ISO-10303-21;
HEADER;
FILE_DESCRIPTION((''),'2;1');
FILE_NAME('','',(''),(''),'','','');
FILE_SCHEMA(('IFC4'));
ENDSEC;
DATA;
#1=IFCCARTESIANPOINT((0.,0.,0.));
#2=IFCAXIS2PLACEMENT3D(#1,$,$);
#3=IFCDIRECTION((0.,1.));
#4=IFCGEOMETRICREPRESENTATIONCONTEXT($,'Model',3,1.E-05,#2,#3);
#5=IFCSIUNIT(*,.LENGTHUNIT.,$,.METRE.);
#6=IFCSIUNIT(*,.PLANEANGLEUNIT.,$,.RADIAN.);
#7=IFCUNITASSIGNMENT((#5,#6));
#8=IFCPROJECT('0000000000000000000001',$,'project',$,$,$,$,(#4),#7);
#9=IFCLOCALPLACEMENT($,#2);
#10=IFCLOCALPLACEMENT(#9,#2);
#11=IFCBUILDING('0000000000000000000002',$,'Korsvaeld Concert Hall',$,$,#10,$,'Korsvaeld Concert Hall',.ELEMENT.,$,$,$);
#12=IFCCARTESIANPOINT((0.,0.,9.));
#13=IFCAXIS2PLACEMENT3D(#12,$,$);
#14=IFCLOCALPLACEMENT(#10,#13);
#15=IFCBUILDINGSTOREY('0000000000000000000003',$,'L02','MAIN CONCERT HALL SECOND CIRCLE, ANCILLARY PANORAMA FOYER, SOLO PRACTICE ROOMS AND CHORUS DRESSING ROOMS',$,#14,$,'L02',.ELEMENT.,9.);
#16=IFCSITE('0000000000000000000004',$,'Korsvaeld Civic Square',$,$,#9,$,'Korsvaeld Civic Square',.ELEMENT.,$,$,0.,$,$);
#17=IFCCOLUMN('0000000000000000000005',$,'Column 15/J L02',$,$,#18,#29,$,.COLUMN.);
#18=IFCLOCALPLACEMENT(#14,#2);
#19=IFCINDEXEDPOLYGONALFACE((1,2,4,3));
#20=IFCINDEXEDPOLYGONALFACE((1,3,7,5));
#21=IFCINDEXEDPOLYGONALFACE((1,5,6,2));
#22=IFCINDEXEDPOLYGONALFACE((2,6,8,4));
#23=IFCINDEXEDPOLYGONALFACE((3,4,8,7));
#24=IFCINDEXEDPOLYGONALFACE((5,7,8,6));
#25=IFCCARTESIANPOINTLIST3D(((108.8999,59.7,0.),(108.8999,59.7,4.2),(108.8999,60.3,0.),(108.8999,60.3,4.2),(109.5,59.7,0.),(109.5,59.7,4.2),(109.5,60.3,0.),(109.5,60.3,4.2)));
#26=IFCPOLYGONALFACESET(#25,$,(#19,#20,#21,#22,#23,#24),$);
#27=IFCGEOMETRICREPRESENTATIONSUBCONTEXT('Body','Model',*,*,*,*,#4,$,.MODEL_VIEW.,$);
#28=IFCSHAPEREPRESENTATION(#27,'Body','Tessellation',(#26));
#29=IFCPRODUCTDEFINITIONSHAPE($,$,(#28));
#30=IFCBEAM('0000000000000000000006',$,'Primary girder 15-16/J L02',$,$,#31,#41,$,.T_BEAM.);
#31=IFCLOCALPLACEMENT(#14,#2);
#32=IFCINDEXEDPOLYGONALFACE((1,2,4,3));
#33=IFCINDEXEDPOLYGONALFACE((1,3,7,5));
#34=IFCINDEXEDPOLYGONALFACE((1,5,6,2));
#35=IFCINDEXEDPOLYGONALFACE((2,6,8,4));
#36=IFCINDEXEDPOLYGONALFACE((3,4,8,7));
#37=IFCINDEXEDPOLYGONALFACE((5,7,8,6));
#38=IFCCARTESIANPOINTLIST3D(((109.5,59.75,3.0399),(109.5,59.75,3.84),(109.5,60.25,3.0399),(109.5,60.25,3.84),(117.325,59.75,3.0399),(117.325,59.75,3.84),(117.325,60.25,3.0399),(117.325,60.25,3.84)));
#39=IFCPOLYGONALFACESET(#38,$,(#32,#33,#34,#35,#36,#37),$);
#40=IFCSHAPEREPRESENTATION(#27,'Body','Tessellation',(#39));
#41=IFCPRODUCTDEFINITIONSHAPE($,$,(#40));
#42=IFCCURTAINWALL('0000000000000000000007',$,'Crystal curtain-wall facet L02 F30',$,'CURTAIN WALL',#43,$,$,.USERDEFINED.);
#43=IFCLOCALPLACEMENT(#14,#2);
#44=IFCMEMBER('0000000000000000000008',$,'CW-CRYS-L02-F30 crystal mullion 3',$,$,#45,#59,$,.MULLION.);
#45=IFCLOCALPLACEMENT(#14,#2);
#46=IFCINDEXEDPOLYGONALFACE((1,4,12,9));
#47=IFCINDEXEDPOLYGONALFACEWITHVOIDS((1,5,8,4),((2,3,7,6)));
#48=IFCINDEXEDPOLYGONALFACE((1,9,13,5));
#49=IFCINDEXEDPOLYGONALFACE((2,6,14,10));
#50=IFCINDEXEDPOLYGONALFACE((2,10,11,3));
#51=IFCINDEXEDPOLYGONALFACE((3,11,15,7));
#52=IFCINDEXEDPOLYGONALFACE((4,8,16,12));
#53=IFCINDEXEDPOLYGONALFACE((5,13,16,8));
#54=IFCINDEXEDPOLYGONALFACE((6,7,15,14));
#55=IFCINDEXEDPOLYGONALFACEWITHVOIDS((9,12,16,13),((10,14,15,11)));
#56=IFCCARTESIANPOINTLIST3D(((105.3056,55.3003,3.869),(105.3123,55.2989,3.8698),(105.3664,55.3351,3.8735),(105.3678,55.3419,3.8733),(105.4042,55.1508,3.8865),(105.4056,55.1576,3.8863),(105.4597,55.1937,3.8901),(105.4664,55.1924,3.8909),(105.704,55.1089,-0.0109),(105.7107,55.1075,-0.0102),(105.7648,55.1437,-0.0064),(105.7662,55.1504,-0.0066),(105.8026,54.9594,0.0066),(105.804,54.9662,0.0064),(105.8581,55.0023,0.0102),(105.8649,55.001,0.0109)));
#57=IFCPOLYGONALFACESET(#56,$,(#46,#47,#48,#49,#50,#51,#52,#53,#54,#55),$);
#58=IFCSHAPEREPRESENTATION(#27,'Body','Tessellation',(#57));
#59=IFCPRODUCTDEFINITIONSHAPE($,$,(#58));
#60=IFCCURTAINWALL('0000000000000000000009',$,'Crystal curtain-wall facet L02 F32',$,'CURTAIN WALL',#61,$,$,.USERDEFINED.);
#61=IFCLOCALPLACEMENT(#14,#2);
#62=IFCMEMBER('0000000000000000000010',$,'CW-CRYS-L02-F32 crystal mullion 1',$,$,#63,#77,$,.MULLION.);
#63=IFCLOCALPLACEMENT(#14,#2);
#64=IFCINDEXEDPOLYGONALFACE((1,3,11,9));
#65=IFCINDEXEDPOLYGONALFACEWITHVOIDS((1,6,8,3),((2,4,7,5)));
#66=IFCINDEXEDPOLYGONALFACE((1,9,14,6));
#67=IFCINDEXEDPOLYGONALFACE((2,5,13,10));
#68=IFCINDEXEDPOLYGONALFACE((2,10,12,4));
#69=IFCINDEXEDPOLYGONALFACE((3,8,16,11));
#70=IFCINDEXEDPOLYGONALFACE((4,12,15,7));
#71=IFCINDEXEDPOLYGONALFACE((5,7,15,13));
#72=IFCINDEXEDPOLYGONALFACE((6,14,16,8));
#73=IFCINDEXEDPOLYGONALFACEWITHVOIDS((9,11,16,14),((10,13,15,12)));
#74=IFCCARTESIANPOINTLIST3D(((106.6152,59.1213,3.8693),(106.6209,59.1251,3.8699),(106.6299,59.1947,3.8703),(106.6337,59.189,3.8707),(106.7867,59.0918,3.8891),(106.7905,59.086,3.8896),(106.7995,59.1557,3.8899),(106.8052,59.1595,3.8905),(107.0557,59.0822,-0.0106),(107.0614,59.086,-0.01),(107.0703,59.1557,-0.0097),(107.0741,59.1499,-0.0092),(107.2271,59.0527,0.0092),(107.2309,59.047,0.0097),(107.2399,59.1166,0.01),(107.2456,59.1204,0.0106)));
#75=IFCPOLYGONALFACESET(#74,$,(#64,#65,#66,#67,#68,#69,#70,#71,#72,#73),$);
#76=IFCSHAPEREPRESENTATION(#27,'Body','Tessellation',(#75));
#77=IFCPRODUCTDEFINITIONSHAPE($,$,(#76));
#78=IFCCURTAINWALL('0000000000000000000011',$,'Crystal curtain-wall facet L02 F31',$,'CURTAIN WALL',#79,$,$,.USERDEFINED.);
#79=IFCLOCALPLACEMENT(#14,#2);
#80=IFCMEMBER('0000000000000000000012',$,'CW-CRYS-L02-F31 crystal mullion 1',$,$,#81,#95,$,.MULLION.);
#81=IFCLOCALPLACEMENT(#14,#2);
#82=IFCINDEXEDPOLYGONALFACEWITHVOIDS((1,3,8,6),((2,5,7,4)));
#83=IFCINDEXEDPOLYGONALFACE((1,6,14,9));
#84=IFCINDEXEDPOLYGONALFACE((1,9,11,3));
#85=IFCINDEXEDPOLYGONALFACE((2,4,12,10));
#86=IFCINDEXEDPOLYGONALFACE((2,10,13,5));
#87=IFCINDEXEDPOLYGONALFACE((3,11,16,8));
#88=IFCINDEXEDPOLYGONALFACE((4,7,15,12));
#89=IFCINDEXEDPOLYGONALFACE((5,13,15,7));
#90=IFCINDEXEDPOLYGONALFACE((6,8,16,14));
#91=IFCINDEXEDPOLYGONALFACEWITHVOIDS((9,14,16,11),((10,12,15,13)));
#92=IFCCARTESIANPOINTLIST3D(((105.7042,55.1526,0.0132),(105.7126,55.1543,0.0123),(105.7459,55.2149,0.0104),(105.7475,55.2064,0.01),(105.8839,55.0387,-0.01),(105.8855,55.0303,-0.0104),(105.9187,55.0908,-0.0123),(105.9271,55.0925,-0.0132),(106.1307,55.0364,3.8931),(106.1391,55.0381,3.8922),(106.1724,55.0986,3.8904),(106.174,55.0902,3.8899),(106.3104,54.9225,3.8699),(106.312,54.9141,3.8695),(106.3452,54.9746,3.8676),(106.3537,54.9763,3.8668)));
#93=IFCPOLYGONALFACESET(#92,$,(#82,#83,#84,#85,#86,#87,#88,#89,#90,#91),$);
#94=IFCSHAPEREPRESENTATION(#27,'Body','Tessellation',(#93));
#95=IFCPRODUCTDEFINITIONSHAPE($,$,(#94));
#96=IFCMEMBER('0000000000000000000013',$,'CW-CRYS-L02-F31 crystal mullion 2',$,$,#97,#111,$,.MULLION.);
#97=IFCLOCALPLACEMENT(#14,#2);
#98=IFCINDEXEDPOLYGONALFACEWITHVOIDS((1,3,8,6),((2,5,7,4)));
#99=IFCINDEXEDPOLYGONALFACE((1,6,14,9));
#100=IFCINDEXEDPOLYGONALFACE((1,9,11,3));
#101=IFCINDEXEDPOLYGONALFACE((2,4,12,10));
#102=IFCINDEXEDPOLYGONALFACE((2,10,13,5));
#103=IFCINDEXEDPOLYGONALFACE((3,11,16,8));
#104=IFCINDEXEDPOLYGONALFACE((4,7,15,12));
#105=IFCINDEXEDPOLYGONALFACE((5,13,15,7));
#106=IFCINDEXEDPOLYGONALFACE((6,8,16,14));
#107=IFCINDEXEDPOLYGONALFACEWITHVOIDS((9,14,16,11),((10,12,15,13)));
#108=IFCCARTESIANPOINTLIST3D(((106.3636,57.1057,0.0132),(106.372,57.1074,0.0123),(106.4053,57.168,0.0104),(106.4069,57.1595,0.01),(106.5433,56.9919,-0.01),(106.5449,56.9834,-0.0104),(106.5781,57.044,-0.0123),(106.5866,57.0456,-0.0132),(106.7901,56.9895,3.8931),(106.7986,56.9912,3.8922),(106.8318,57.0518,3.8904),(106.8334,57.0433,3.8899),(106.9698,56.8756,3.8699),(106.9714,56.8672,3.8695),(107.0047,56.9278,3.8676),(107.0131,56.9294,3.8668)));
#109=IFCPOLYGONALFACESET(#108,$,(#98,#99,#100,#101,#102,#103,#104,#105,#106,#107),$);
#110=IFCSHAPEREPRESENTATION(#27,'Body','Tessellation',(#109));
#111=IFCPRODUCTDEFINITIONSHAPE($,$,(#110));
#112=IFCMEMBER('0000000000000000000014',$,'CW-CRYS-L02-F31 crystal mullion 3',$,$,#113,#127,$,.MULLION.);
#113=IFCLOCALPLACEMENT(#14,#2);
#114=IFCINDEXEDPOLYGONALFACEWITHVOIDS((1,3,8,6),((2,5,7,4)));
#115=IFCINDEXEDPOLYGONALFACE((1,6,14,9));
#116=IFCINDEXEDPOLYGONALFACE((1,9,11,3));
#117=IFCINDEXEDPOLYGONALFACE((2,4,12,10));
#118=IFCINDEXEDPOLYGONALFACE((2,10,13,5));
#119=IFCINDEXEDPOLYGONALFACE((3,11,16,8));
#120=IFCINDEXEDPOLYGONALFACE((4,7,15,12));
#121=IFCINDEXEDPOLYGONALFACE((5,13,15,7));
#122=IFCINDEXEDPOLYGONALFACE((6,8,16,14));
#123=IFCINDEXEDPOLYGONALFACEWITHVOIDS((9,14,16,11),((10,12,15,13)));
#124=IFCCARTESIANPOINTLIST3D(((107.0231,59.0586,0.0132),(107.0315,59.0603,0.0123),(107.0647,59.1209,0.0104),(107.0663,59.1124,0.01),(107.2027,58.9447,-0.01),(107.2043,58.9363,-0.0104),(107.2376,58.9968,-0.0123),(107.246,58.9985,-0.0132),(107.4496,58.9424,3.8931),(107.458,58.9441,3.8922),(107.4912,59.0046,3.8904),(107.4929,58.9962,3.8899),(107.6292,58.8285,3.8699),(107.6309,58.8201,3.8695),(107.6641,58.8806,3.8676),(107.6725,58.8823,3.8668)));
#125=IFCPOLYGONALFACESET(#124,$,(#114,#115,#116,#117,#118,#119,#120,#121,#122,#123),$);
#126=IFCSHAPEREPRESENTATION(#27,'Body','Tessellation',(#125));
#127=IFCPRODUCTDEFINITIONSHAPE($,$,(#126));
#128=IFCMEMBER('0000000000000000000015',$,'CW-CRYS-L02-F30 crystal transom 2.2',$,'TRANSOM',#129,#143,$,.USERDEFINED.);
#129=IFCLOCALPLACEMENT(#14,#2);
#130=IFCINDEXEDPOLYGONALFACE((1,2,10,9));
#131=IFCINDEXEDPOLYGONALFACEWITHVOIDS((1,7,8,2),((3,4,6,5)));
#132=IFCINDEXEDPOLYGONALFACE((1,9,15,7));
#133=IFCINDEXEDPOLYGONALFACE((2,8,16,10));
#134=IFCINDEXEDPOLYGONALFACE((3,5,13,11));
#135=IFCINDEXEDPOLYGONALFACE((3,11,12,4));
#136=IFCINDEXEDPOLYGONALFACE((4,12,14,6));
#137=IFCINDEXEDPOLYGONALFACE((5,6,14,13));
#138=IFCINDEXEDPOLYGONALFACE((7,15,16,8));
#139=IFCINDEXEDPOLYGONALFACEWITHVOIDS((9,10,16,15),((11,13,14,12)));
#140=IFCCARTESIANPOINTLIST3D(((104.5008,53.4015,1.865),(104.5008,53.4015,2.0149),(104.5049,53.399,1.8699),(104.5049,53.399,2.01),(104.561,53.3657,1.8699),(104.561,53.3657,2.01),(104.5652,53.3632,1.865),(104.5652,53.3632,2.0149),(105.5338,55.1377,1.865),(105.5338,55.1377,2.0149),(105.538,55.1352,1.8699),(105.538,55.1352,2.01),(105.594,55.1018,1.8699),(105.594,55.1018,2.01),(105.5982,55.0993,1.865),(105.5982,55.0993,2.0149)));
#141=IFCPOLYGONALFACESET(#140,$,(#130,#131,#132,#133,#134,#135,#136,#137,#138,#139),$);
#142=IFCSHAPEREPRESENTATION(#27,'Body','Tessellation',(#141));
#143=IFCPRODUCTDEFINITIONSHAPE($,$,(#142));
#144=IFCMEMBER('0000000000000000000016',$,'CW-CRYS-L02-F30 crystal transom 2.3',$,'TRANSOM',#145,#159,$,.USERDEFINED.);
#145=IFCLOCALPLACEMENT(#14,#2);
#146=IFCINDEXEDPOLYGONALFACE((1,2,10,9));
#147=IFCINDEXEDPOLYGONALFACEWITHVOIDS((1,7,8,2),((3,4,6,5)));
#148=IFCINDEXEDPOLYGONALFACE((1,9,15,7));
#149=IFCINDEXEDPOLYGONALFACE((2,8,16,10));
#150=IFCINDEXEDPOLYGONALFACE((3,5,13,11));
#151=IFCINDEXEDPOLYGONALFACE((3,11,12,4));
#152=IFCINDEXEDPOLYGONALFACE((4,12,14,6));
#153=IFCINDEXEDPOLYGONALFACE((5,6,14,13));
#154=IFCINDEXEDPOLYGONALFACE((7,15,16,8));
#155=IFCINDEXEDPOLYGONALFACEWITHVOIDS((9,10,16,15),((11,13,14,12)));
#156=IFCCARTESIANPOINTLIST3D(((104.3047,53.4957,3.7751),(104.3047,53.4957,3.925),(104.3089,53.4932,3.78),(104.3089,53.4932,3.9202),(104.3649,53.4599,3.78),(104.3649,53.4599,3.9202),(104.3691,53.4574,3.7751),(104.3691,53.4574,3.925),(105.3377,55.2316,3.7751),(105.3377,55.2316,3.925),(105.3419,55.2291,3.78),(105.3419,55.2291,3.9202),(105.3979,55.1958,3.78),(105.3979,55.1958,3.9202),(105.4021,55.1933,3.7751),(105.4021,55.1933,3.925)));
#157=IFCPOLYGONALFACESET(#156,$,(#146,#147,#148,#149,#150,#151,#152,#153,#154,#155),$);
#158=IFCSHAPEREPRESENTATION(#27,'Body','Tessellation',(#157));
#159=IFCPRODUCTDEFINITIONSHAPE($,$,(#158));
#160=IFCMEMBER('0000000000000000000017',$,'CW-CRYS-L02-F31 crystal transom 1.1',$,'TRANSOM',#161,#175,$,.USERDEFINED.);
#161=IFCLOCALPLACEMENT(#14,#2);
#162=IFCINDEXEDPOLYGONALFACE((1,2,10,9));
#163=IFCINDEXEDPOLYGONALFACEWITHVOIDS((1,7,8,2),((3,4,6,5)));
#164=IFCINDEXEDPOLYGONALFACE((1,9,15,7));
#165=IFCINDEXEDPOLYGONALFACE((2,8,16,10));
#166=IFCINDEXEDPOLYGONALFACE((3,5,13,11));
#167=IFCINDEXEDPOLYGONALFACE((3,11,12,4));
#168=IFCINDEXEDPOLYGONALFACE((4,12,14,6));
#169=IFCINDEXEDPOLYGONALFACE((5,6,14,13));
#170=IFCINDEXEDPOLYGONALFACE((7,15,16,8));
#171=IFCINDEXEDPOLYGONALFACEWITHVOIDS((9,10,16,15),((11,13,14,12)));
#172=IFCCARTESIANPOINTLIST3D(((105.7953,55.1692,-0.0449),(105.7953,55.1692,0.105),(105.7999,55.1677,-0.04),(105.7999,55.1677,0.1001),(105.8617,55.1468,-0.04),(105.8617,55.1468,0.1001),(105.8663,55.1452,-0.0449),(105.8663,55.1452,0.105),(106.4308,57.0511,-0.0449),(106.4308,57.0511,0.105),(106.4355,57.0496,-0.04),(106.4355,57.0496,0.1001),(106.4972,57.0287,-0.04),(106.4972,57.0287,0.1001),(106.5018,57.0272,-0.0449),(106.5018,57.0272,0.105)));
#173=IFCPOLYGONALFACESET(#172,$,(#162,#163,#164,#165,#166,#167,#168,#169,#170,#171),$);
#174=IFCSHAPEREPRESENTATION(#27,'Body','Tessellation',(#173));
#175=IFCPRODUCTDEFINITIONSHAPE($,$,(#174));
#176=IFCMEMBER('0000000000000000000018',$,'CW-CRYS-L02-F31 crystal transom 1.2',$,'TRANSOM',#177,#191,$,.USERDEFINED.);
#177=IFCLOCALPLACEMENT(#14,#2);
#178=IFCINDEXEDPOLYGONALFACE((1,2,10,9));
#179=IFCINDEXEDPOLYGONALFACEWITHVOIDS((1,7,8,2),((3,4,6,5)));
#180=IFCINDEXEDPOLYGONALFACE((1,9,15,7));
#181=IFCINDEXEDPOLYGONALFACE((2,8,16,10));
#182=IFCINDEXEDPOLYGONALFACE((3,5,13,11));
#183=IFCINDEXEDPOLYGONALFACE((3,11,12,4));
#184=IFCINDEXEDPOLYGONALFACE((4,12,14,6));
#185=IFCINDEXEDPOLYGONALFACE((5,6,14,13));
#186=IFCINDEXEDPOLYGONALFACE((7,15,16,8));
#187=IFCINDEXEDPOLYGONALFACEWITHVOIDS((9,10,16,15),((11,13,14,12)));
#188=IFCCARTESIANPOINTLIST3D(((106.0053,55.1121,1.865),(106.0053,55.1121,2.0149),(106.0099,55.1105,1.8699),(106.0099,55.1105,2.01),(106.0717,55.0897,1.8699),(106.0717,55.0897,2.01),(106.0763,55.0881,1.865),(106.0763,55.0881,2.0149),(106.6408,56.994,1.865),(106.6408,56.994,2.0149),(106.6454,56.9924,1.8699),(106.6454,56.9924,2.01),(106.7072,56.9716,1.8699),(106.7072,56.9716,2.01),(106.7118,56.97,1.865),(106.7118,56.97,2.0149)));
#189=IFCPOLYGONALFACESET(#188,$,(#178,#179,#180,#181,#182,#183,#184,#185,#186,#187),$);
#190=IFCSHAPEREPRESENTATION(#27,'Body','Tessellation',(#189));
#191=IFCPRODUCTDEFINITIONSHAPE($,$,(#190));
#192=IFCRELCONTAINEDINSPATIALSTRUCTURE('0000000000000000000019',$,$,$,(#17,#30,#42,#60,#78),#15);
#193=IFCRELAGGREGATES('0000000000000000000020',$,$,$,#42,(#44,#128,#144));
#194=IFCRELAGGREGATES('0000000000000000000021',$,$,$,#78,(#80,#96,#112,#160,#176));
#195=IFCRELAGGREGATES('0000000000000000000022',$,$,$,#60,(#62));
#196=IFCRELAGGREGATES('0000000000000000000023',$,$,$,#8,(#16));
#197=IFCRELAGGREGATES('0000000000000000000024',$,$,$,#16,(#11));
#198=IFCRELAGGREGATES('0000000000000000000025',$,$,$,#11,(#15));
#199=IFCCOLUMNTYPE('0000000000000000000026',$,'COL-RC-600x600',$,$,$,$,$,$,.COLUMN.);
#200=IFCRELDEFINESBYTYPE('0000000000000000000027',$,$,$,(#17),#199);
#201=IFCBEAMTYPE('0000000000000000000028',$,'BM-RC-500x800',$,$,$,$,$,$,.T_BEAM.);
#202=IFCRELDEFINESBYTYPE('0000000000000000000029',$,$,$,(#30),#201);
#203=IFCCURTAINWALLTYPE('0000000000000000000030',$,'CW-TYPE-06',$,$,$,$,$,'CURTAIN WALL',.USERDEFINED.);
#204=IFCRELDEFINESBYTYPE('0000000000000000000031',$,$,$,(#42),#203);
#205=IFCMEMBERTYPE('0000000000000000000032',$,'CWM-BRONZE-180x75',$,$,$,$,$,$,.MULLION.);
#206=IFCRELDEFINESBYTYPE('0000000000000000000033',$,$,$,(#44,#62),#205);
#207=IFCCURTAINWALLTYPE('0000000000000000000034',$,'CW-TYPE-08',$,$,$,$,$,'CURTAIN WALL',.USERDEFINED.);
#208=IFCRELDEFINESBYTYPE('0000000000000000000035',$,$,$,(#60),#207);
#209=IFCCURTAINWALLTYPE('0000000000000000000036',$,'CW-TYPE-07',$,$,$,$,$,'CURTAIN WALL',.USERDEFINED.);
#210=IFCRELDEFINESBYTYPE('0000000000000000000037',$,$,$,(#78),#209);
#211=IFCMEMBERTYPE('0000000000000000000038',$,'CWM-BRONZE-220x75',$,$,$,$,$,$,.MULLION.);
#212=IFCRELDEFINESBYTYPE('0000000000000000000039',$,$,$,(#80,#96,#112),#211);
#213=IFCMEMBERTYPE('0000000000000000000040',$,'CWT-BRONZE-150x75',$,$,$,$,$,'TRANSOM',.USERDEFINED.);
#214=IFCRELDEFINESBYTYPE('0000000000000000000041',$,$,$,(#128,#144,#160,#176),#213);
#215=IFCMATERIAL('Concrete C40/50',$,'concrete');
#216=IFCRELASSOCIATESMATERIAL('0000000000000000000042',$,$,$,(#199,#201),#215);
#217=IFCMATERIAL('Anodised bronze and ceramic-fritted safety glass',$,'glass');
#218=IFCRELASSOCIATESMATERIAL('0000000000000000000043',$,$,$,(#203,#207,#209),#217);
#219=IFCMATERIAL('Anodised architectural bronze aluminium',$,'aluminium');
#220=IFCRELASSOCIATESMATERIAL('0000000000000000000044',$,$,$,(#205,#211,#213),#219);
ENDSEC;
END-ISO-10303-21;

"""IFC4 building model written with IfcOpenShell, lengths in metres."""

from ifc_helpers import new_model, si_unit, direction, frame, origin, origin_2d, place, context, subcontext, project, spatial, rectangle, hollow_rectangle, extrude, material, material_profile, profile_set, type_object, element, aggregate, save


model = new_model("IFC4")

# Units and contexts
model_context = context("Model", 3, precision=1e-05, world=origin(), true_north=direction((0.0, 1.0)))
body_context = subcontext(model_context, "Body", "Model", "MODEL_VIEW")
ifc_project = project(units=[si_unit("LENGTHUNIT", "METRE"), si_unit("PLANEANGLEUNIT", "RADIAN")], contexts=[model_context])

# Site, building, storey
site_placement = place(None, origin())
site = spatial("IfcSite", under=ifc_project, at=site_placement, Name="Korsvaeld Civic Square", LongName="Korsvaeld Civic Square", CompositionType="ELEMENT", RefElevation=0.0)
building_placement = place(site_placement, origin())
building = spatial("IfcBuilding", under=site, at=building_placement, Name="Korsvaeld Concert Hall", LongName="Korsvaeld Concert Hall", CompositionType="ELEMENT")
storey_placement = place(building_placement, frame((0.0, 0.0, 9.0)))
storey = spatial("IfcBuildingStorey", under=building, at=storey_placement, Name="L02", Description="MAIN CONCERT HALL SECOND CIRCLE, ANCILLARY PANORAMA FOYER, SOLO PRACTICE ROOMS AND CHORUS DRESSING ROOMS", LongName="L02", CompositionType="ELEMENT", Elevation=9.0)

# Column
ifc_material_1 = material(Name="Concrete C40/50", Category="concrete")
ifc_material_profile_1 = material_profile(ifc_material_1, rectangle(XDim=0.6001, YDim=0.6001, at=origin_2d()), Name="RC 600x600")
ifc_profile_set_1 = profile_set([ifc_material_profile_1], Name="Concrete C40/50")
column_type = type_object("IfcColumnType", Name="COL-RC-600x600", PredefinedType="COLUMN", material=ifc_profile_set_1)
column_placement = place(storey_placement, frame((109.2, 60.0, 0.0), z_axis=(0.0, 0.0, 1.0), x_axis=(1.0, 0.0, 0.0)))
element("IfcColumn", 1, at=column_placement, inside=storey, type_object=column_type, Name="Column 15/J L02", PredefinedType="COLUMN", context=body_context, shape_type="SweptSolid", body=[
    extrude(rectangle(XDim=0.6001, YDim=0.6001, at=origin_2d()), origin(), (0.0, 0.0, 1.0), 4.2),
])

# Beam
ifc_material_profile_2 = material_profile(ifc_material_1, rectangle(XDim=0.5, YDim=0.8, at=origin_2d()), Name="RC 500x800")
ifc_profile_set_2 = profile_set([ifc_material_profile_2], Name="Concrete C40/50")
beam_type = type_object("IfcBeamType", Name="BM-RC-500x800", PredefinedType="T_BEAM", material=ifc_profile_set_2)
beam_placement = place(storey_placement, frame((109.5, 60.0, 3.4399), z_axis=(1.0, 0.0, 0.0), x_axis=(0.0, 1.0, 0.0)))
element("IfcBeam", 2, at=beam_placement, inside=storey, type_object=beam_type, Name="Primary girder 15-16/J L02", PredefinedType="T_BEAM", context=body_context, shape_type="SweptSolid", body=[
    extrude(rectangle(XDim=0.5, YDim=0.8, at=origin_2d()), origin(), (0.0, 0.0, 1.0), 7.825),
])

# Curtain walls, members
ifc_material_2 = material(Name="Anodised bronze and ceramic-fritted safety glass", Category="glass")
curtain_wall_type_1 = type_object("IfcCurtainWallType", Name="CW-TYPE-06", ElementType="CURTAIN WALL", PredefinedType="USERDEFINED", material=ifc_material_2)
curtain_wall_1_placement = place(storey_placement, origin())
curtain_wall_1 = element("IfcCurtainWall", 3, at=curtain_wall_1_placement, inside=storey, type_object=curtain_wall_type_1, Name="Crystal curtain-wall facet L02 F30", ObjectType="CURTAIN WALL", PredefinedType="USERDEFINED")
ifc_material_3 = material(Name="Anodised architectural bronze aluminium", Category="aluminium")
ifc_material_profile_3 = material_profile(ifc_material_3, hollow_rectangle(XDim=0.075, YDim=0.1799, WallThickness=0.0049, at=origin_2d()), Name="CWM 180x75x5")
ifc_profile_set_3 = profile_set([ifc_material_profile_3], Name="Anodised architectural bronze aluminium")
member_type_1 = type_object("IfcMemberType", Name="CWM-BRONZE-180x75", PredefinedType="MULLION", material=ifc_profile_set_3)
member_1_placement = place(storey_placement, frame((105.7844, 55.0549, 0.0), z_axis=(-0.102033, 0.049016, 0.993573), x_axis=(0.830086, 0.554624, 0.057883)))
member_1 = element("IfcMember", 4, at=member_1_placement, type_object=member_type_1, Name="CW-CRYS-L02-F30 crystal mullion 3", PredefinedType="MULLION", context=body_context, shape_type="SweptSolid", body=[
    extrude(hollow_rectangle(XDim=0.075, YDim=0.1799, WallThickness=0.0049, at=origin_2d()), origin(), (0.0, 0.0, 1.0), 3.905),
])
curtain_wall_type_2 = type_object("IfcCurtainWallType", Name="CW-TYPE-08", ElementType="CURTAIN WALL", PredefinedType="USERDEFINED", material=ifc_material_2)
curtain_wall_2_placement = place(storey_placement, origin())
curtain_wall_2 = element("IfcCurtainWall", 5, at=curtain_wall_2_placement, inside=storey, type_object=curtain_wall_type_2, Name="Crystal curtain-wall facet L02 F32", ObjectType="CURTAIN WALL", PredefinedType="USERDEFINED")
member_2_placement = place(storey_placement, frame((107.1506, 59.1013, 0.0), z_axis=(-0.112786, 0.010003, 0.993569), x_axis=(0.195691, 0.980588, 0.012342)))
member_2 = element("IfcMember", 6, at=member_2_placement, type_object=member_type_1, Name="CW-CRYS-L02-F32 crystal mullion 1", PredefinedType="MULLION", context=body_context, shape_type="SweptSolid", body=[
    extrude(hollow_rectangle(XDim=0.075, YDim=0.1799, WallThickness=0.0049, at=origin_2d()), origin(), (0.0, 0.0, 1.0), 3.905),
])

# Curtain wall, members
curtain_wall_type_3 = type_object("IfcCurtainWallType", Name="CW-TYPE-07", ElementType="CURTAIN WALL", PredefinedType="USERDEFINED", material=ifc_material_2)
curtain_wall_3_placement = place(storey_placement, origin())
curtain_wall_3 = element("IfcCurtainWall", 7, at=curtain_wall_3_placement, inside=storey, type_object=curtain_wall_type_3, Name="Crystal curtain-wall facet L02 F31", ObjectType="CURTAIN WALL", PredefinedType="USERDEFINED")
ifc_material_profile_4 = material_profile(ifc_material_3, hollow_rectangle(XDim=0.075, YDim=0.22, WallThickness=0.0061, at=origin_2d()), Name="CWM 220x75x6")
ifc_profile_set_4 = profile_set([ifc_material_profile_4], Name="Anodised architectural bronze aluminium")
member_type_2 = type_object("IfcMemberType", Name="CWM-BRONZE-220x75", PredefinedType="MULLION", material=ifc_profile_set_4)
member_3_placement = place(storey_placement, frame((105.8157, 55.1226, 0.0), z_axis=(0.109223, -0.02976, 0.993572), x_axis=(-0.555751, -0.830559, 0.036216)))
member_3 = element("IfcMember", 8, at=member_3_placement, type_object=member_type_2, Name="CW-CRYS-L02-F31 crystal mullion 1", PredefinedType="MULLION", context=body_context, shape_type="SweptSolid", body=[
    extrude(hollow_rectangle(XDim=0.075, YDim=0.22, WallThickness=0.0061, at=origin_2d()), origin(), (0.0, 0.0, 1.0), 3.905),
])
member_4_placement = place(storey_placement, frame((106.4751, 57.0757, 0.0), z_axis=(0.109223, -0.02976, 0.993572), x_axis=(-0.555751, -0.830559, 0.036216)))
member_4 = element("IfcMember", 9, at=member_4_placement, type_object=member_type_2, Name="CW-CRYS-L02-F31 crystal mullion 2", PredefinedType="MULLION", context=body_context, shape_type="SweptSolid", body=[
    extrude(hollow_rectangle(XDim=0.075, YDim=0.22, WallThickness=0.0061, at=origin_2d()), origin(), (0.0, 0.0, 1.0), 3.905),
])
member_5_placement = place(storey_placement, frame((107.1345, 59.0286, 0.0), z_axis=(0.109223, -0.02976, 0.993572), x_axis=(-0.555751, -0.830559, 0.036216)))
member_5 = element("IfcMember", 10, at=member_5_placement, type_object=member_type_2, Name="CW-CRYS-L02-F31 crystal mullion 3", PredefinedType="MULLION", context=body_context, shape_type="SweptSolid", body=[
    extrude(hollow_rectangle(XDim=0.075, YDim=0.22, WallThickness=0.0061, at=origin_2d()), origin(), (0.0, 0.0, 1.0), 3.905),
])

# Members
ifc_material_profile_5 = material_profile(ifc_material_3, hollow_rectangle(XDim=0.075, YDim=0.1499, WallThickness=0.0049, at=origin_2d()), Name="CWT 150x75x5")
ifc_profile_set_5 = profile_set([ifc_material_profile_5], Name="Anodised architectural bronze aluminium")
member_type_3 = type_object("IfcMemberType", Name="CWT-BRONZE-150x75", ElementType="TRANSOM", PredefinedType="USERDEFINED", material=ifc_profile_set_5)
member_6_placement = place(storey_placement, frame((104.533, 53.3823, 1.9399), z_axis=(0.511329, 0.859385, 0.0), x_axis=(-0.859385, 0.511329, 0.0)))
member_6 = element("IfcMember", 11, at=member_6_placement, type_object=member_type_3, Name="CW-CRYS-L02-F30 crystal transom 2.2", ObjectType="TRANSOM", PredefinedType="USERDEFINED", context=body_context, shape_type="SweptSolid", body=[
    extrude(hollow_rectangle(XDim=0.075, YDim=0.1499, WallThickness=0.0049, at=origin_2d()), origin(), (0.0, 0.0, 1.0), 2.0203),
])
member_7_placement = place(storey_placement, frame((104.3369, 53.4766, 3.8501), z_axis=(0.511382, 0.859354, 0.0), x_axis=(-0.859354, 0.511382, 0.0)))
member_7 = element("IfcMember", 12, at=member_7_placement, type_object=member_type_3, Name="CW-CRYS-L02-F30 crystal transom 2.3", ObjectType="TRANSOM", PredefinedType="USERDEFINED", context=body_context, shape_type="SweptSolid", body=[
    extrude(hollow_rectangle(XDim=0.075, YDim=0.1499, WallThickness=0.0049, at=origin_2d()), origin(), (0.0, 0.0, 1.0), 2.02),
])
member_8_placement = place(storey_placement, frame((105.8308, 55.1572, 0.03), z_axis=(0.31995, 0.947435, 0.0), x_axis=(-0.947435, 0.31995, 0.0)))
member_8 = element("IfcMember", 13, at=member_8_placement, type_object=member_type_3, Name="CW-CRYS-L02-F31 crystal transom 1.1", ObjectType="TRANSOM", PredefinedType="USERDEFINED", context=body_context, shape_type="SweptSolid", body=[
    extrude(hollow_rectangle(XDim=0.075, YDim=0.1499, WallThickness=0.0049, at=origin_2d()), origin(), (0.0, 0.0, 1.0), 1.9863),
])
member_9_placement = place(storey_placement, frame((106.0408, 55.1001, 1.9399), z_axis=(0.31995, 0.947435, 0.0), x_axis=(-0.947435, 0.31995, 0.0)))
member_9 = element("IfcMember", 14, at=member_9_placement, type_object=member_type_3, Name="CW-CRYS-L02-F31 crystal transom 1.2", ObjectType="TRANSOM", PredefinedType="USERDEFINED", context=body_context, shape_type="SweptSolid", body=[
    extrude(hollow_rectangle(XDim=0.075, YDim=0.1499, WallThickness=0.0049, at=origin_2d()), origin(), (0.0, 0.0, 1.0), 1.9863),
])

aggregate(curtain_wall_1, [member_1, member_6, member_7])
aggregate(curtain_wall_3, [member_3, member_4, member_5, member_8, member_9])
aggregate(curtain_wall_2, [member_2])

save(model, "model.ifc")
